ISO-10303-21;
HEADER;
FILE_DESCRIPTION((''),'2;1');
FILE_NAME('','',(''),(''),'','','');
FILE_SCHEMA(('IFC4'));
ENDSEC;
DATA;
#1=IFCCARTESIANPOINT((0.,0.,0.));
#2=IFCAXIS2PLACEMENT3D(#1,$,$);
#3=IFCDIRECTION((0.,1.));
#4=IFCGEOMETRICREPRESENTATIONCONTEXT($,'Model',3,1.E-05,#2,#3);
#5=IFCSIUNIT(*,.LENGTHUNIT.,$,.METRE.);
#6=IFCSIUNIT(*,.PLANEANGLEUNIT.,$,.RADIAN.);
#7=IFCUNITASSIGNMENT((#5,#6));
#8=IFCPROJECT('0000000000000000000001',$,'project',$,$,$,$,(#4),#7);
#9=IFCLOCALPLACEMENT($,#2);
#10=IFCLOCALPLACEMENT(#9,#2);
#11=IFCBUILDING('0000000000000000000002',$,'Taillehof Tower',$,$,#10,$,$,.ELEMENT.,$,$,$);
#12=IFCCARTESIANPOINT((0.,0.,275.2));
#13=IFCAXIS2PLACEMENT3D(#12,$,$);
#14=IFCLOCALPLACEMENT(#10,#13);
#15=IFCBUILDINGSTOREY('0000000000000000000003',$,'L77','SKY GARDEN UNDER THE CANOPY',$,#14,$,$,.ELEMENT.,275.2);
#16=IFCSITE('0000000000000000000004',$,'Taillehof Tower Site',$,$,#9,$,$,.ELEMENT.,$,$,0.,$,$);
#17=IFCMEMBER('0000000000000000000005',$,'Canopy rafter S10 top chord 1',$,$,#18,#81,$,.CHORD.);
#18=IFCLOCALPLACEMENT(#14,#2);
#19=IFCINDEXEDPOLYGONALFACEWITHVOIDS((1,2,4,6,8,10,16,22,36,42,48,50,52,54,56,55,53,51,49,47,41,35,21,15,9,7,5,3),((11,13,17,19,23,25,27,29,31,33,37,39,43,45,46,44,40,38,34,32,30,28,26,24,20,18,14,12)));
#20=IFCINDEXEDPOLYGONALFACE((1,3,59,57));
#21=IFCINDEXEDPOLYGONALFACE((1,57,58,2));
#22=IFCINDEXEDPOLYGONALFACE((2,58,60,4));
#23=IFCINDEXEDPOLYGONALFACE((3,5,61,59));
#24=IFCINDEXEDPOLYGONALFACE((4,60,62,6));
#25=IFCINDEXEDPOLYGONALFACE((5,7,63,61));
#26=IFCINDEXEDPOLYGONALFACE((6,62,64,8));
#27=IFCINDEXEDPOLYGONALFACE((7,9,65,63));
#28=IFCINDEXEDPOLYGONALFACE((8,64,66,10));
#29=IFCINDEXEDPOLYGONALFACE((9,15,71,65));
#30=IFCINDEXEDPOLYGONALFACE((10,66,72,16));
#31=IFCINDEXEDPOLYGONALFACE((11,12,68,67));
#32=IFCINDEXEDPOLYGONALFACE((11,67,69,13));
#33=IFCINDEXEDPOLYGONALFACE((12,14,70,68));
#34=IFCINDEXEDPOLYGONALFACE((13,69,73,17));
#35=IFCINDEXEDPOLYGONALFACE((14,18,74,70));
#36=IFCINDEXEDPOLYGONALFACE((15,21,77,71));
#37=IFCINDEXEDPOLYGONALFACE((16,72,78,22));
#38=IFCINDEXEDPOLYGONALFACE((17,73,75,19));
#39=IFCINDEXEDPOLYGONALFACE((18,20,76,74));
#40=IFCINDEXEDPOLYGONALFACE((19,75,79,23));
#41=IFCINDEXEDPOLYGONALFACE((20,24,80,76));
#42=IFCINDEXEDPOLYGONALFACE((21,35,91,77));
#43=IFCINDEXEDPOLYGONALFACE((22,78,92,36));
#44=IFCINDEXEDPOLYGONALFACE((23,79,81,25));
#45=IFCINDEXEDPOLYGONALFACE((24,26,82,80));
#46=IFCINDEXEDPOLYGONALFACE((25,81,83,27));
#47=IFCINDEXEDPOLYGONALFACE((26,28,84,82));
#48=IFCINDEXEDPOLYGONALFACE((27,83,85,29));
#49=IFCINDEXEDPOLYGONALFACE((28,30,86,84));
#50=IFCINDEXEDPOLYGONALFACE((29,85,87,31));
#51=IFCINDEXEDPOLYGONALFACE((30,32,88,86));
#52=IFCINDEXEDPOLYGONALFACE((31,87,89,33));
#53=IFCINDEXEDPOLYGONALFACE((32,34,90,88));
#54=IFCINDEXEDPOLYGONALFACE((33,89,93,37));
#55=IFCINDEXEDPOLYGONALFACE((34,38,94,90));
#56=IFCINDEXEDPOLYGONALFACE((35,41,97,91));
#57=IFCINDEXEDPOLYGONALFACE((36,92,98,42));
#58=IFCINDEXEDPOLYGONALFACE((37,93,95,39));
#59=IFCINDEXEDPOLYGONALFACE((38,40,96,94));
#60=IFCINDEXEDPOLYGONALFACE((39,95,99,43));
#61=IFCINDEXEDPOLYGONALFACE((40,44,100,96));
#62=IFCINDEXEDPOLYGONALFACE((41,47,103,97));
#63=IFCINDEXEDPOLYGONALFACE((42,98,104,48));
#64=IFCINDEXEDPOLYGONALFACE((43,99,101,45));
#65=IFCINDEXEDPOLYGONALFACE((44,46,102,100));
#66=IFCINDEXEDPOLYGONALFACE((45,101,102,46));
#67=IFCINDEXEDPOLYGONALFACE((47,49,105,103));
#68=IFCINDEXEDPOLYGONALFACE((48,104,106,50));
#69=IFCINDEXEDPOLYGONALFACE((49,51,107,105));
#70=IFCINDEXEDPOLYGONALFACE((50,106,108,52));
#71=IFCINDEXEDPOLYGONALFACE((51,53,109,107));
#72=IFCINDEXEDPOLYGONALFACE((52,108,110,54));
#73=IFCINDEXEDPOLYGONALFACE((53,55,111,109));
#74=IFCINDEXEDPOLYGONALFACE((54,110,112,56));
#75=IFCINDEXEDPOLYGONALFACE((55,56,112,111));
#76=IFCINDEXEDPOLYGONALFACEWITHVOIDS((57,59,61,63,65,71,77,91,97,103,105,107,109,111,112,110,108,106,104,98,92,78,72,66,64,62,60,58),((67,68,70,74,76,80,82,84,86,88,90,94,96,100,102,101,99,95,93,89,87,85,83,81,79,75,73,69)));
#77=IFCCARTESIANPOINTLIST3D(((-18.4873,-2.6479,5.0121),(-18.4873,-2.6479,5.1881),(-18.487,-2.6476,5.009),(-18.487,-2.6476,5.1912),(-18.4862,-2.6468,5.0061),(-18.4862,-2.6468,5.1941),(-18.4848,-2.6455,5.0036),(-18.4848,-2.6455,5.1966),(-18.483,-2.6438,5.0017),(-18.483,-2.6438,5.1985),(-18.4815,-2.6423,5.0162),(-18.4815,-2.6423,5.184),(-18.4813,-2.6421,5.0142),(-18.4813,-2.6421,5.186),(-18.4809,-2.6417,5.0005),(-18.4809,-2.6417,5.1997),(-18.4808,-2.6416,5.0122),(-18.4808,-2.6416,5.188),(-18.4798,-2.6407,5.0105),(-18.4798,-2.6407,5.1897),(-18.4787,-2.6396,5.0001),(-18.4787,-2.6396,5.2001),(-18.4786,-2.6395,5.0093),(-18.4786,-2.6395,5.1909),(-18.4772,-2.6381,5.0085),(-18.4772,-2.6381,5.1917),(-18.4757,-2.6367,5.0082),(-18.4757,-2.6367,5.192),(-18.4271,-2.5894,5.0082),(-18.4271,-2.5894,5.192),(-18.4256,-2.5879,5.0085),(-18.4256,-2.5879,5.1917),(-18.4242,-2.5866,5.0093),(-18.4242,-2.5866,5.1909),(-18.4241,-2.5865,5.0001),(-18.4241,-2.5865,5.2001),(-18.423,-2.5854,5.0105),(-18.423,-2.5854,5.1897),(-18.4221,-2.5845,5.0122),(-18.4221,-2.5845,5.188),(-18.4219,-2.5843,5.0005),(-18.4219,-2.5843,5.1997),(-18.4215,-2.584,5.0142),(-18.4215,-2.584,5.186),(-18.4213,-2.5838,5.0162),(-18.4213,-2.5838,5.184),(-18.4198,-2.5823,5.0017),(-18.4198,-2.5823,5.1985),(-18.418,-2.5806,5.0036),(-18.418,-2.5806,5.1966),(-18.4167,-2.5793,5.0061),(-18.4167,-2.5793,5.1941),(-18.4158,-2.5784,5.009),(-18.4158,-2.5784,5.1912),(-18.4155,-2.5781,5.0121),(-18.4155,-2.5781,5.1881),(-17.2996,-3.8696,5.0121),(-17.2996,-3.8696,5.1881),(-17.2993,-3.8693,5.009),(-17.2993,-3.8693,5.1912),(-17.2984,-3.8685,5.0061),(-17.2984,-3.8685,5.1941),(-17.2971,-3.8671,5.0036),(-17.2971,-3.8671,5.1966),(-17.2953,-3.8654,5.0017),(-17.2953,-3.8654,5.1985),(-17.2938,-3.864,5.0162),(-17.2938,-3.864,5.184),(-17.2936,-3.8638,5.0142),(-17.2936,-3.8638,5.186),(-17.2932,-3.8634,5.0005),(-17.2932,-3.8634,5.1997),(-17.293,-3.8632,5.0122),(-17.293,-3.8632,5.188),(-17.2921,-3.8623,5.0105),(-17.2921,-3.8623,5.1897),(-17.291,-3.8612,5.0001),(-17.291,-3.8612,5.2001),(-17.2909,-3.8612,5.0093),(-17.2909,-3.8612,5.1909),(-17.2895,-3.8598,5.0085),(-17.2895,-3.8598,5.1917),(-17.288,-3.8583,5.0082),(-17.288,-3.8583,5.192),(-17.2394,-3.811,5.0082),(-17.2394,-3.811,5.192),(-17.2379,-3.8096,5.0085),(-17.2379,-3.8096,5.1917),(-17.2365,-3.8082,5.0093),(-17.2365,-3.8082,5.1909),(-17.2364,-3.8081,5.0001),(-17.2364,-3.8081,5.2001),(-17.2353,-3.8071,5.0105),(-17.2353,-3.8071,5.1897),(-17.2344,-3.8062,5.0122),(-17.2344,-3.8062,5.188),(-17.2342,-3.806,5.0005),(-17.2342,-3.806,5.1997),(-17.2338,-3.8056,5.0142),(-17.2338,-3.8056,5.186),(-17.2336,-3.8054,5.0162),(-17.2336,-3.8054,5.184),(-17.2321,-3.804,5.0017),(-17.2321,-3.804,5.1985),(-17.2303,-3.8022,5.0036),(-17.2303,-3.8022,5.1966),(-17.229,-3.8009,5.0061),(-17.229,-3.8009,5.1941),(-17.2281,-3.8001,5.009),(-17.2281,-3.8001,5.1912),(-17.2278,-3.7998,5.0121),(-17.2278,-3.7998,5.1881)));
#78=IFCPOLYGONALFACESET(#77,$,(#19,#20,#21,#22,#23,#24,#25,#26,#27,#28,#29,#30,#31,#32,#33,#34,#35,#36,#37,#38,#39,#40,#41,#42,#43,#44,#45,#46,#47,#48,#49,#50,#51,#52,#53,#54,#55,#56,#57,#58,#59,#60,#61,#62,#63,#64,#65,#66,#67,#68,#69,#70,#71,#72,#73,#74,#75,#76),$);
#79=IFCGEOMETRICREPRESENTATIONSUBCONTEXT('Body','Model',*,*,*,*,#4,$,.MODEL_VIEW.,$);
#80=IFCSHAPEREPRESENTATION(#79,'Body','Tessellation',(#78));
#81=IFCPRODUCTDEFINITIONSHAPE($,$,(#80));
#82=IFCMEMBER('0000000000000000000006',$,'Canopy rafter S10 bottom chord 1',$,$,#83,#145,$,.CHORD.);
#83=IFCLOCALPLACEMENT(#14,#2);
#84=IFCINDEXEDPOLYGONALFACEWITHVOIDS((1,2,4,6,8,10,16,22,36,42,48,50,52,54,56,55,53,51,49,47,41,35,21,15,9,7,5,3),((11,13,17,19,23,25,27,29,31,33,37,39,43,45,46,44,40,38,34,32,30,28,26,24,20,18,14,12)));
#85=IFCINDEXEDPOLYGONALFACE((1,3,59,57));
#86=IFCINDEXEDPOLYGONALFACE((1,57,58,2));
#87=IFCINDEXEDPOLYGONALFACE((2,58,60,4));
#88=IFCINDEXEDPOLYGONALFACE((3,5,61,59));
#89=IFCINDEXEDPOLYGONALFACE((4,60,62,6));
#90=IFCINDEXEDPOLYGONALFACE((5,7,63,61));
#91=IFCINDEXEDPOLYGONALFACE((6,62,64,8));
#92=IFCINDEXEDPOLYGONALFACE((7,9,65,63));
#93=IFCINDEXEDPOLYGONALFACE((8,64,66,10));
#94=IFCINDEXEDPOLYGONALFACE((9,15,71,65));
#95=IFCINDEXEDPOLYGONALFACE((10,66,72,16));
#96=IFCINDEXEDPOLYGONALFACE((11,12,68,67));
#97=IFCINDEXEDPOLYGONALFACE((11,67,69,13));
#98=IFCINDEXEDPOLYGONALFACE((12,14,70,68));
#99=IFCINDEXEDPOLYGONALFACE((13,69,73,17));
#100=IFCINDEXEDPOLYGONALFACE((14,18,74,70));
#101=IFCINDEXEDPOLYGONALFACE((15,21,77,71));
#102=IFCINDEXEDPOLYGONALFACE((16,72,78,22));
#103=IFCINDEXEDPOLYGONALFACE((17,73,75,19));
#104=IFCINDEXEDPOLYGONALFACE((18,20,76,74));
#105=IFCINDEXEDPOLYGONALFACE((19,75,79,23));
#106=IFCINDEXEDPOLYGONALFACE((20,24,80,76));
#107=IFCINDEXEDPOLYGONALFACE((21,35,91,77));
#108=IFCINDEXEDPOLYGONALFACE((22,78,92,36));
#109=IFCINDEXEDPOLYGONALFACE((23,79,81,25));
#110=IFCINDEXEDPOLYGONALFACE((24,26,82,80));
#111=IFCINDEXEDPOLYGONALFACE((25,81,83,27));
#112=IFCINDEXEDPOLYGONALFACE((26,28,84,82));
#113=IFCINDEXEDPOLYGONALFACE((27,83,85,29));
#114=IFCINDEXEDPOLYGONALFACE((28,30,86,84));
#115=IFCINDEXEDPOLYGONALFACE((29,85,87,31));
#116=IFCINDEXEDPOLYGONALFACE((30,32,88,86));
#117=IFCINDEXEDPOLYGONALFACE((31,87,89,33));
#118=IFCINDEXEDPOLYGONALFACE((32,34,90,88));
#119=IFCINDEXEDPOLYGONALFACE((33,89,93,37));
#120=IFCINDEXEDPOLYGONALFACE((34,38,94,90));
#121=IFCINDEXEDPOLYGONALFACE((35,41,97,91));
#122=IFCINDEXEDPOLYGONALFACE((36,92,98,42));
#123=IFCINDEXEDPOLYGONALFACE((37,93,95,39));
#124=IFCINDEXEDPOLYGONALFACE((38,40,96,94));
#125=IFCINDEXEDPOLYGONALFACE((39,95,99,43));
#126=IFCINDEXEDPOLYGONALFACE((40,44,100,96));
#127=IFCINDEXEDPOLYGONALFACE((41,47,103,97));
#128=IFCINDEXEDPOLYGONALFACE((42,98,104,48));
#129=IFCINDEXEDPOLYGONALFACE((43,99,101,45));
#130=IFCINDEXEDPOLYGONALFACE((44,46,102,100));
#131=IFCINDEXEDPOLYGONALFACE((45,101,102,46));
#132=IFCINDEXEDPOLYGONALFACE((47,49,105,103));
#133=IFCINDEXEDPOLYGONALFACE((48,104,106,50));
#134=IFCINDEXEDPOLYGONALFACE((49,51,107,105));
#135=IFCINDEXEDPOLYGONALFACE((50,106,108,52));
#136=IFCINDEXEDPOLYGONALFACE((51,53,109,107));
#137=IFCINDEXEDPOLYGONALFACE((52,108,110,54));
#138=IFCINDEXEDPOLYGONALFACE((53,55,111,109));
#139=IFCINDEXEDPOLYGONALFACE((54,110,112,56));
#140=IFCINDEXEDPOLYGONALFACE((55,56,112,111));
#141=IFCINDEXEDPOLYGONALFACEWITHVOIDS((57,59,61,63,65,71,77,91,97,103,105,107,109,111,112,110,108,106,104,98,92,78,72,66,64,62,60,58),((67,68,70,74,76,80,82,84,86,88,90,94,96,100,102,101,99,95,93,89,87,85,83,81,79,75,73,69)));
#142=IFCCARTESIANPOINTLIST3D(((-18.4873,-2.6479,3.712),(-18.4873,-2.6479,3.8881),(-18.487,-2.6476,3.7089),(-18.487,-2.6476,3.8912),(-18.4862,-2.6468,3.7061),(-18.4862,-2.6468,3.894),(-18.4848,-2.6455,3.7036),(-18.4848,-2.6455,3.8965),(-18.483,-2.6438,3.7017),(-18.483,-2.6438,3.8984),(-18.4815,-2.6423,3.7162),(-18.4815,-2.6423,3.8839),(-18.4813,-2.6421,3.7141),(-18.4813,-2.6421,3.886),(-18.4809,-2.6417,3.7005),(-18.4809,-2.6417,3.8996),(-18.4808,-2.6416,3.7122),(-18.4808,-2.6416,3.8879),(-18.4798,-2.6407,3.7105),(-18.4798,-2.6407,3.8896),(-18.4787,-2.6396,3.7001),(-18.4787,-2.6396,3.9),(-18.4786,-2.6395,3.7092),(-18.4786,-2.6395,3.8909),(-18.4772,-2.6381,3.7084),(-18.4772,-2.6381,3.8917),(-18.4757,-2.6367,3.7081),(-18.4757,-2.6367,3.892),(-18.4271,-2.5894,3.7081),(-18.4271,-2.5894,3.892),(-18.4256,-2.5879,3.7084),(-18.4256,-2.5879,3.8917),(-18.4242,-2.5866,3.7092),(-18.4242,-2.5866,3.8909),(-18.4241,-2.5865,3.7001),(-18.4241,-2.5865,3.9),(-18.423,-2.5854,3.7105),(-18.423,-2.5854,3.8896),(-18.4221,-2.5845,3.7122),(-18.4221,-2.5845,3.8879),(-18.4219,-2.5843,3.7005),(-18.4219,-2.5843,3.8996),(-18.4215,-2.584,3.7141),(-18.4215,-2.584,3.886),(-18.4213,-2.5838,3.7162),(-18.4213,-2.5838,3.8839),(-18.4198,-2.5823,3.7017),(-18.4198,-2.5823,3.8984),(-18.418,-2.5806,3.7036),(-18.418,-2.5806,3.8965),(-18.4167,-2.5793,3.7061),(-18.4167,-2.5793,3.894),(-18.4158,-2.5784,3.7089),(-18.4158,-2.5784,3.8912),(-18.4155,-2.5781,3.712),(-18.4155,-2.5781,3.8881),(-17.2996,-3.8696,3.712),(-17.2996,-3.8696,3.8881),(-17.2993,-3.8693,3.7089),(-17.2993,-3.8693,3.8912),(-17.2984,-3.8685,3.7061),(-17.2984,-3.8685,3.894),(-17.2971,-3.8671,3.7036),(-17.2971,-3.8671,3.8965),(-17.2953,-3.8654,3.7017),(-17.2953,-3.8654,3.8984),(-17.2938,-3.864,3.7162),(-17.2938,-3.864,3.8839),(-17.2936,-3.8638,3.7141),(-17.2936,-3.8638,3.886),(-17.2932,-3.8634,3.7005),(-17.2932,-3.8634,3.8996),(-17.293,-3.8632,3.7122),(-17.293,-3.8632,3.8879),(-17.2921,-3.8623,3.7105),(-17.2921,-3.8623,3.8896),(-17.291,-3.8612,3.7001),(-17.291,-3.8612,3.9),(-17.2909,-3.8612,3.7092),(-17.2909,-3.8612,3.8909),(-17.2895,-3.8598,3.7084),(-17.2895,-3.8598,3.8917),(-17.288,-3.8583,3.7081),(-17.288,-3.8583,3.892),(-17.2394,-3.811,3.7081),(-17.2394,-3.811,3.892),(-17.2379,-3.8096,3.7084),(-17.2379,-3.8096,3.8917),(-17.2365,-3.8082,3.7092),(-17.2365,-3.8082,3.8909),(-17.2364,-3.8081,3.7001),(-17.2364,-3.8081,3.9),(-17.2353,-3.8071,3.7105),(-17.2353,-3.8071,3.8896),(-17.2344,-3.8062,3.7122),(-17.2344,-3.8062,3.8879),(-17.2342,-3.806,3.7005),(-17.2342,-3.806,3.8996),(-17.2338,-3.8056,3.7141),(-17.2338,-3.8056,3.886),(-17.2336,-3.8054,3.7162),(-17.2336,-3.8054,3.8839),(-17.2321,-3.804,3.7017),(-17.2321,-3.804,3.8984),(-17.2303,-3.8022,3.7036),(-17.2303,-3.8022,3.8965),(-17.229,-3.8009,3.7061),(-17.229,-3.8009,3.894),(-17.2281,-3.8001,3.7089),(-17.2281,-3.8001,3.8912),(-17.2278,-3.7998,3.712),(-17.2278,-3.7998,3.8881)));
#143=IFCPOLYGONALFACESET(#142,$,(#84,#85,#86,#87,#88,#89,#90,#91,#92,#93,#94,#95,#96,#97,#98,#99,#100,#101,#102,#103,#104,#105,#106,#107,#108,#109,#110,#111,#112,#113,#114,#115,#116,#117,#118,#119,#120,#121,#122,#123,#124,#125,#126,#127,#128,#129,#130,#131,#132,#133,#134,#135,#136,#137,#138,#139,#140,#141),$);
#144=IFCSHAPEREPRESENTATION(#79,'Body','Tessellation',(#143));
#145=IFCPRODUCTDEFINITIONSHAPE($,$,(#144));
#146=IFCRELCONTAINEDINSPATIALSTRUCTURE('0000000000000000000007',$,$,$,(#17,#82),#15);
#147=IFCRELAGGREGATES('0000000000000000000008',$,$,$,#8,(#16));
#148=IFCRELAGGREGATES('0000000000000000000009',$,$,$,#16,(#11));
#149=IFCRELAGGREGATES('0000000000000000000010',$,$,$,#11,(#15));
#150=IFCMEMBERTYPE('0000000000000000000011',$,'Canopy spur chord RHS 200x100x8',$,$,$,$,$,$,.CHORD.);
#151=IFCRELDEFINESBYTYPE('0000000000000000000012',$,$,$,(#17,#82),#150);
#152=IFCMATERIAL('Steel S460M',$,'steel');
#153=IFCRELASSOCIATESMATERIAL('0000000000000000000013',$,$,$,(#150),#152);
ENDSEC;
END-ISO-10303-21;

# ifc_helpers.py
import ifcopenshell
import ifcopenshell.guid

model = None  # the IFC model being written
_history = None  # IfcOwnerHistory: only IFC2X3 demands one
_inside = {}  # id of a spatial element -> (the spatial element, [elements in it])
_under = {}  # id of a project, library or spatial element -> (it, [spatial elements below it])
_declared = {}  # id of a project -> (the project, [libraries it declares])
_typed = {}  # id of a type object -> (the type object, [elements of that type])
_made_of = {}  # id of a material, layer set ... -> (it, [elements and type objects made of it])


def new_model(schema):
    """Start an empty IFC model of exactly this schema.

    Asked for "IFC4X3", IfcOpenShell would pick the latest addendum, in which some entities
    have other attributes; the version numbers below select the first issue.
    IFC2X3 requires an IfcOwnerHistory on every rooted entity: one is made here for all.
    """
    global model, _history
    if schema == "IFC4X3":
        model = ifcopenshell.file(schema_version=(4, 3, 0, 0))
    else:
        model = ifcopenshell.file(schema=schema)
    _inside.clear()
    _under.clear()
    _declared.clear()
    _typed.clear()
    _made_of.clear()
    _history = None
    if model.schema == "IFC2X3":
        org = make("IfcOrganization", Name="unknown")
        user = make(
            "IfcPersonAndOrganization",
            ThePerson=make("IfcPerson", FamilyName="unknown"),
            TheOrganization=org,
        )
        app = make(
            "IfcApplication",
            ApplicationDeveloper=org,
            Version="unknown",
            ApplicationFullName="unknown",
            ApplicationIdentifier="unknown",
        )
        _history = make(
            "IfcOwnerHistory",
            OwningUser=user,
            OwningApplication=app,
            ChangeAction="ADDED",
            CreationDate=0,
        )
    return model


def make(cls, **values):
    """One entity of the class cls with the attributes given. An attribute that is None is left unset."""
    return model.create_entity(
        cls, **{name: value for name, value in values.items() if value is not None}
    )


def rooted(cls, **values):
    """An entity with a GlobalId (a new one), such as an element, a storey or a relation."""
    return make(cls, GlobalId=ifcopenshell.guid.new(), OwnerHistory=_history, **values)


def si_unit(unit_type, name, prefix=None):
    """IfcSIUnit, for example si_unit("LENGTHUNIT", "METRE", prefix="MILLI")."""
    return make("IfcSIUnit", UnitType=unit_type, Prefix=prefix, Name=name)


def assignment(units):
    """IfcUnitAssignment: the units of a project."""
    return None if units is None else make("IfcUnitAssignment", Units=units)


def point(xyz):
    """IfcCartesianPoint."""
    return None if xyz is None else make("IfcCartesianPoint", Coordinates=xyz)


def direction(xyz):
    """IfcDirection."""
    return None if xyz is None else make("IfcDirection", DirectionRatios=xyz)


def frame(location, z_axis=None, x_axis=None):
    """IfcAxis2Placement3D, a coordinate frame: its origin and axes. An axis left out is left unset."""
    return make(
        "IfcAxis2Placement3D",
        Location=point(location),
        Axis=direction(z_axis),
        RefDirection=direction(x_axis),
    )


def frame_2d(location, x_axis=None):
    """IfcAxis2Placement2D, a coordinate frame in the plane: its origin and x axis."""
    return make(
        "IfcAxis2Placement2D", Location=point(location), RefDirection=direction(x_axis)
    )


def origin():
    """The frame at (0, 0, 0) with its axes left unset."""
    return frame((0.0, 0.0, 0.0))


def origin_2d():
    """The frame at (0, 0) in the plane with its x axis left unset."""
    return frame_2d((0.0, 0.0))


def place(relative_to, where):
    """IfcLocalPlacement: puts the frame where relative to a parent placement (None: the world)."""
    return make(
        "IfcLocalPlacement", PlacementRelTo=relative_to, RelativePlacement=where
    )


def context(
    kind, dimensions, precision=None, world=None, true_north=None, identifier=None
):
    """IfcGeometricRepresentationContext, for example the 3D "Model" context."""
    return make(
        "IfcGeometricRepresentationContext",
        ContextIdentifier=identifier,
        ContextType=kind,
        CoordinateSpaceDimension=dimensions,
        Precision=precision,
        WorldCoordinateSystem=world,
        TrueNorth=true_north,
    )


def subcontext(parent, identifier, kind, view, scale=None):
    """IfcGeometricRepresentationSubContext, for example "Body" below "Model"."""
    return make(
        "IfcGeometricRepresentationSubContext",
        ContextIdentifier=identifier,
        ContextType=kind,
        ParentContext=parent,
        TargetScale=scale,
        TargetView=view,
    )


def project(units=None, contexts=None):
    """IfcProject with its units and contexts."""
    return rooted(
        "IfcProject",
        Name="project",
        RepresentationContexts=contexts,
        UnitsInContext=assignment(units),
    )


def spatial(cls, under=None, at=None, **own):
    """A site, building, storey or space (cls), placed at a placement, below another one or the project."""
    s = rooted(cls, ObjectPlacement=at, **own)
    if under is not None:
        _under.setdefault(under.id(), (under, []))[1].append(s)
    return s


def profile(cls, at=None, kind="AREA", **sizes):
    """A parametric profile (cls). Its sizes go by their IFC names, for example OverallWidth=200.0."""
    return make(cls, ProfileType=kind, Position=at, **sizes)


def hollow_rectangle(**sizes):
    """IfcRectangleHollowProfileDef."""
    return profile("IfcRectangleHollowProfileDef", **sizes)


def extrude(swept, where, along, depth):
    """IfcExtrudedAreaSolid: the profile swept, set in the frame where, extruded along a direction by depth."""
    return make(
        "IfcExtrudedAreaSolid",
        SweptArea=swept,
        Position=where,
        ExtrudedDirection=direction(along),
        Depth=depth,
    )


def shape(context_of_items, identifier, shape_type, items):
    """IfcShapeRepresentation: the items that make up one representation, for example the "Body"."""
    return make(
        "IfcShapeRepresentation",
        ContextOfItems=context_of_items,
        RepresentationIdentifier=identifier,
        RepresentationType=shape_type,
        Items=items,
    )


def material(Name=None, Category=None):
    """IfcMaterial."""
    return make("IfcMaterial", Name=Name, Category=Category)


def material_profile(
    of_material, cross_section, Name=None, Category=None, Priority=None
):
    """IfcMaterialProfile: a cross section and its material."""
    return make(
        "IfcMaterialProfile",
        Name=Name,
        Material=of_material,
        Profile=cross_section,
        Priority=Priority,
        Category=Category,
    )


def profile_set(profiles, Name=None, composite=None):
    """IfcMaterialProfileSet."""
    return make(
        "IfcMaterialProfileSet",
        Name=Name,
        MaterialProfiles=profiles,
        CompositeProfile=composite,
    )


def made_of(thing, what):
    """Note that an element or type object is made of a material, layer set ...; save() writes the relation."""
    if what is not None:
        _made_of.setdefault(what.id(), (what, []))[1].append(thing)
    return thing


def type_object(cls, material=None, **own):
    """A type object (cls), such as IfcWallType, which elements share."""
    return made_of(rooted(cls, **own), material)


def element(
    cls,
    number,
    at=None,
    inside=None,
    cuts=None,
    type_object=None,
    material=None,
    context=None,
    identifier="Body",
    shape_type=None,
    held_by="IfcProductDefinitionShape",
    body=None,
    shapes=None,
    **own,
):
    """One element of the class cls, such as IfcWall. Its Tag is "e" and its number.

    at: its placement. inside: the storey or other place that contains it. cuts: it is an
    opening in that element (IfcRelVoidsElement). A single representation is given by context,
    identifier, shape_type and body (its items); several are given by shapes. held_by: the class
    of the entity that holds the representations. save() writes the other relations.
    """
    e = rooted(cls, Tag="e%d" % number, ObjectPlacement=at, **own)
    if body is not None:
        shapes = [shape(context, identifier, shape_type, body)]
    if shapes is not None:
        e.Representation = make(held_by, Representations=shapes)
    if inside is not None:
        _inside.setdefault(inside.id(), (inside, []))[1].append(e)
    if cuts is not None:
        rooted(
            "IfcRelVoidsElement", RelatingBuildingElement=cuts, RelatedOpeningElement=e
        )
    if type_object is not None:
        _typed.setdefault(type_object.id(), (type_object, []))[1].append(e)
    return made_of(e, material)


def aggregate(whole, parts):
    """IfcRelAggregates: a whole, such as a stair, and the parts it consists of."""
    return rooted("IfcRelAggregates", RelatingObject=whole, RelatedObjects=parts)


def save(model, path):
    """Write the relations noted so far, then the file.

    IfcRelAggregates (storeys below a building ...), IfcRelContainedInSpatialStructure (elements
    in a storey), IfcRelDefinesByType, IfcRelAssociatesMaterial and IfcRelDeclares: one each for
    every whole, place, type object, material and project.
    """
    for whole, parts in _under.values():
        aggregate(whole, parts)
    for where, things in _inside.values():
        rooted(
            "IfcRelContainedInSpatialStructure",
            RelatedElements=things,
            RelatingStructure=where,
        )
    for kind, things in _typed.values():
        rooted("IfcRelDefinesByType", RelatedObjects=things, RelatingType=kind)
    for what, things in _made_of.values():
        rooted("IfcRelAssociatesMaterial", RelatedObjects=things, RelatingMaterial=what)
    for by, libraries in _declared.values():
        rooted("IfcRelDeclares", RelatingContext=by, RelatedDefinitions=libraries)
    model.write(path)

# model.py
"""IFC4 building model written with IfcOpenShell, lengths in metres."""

from ifc_helpers import new_model, si_unit, direction, frame, origin, origin_2d, place, context, subcontext, project, spatial, hollow_rectangle, extrude, material, material_profile, profile_set, type_object, element, save


model = new_model("IFC4")

# Units and contexts
model_context = context("Model", 3, precision=1e-05, world=origin(), true_north=direction((0.0, 1.0)))
body_context = subcontext(model_context, "Body", "Model", "MODEL_VIEW")
ifc_project = project(units=[si_unit("LENGTHUNIT", "METRE"), si_unit("PLANEANGLEUNIT", "RADIAN")], contexts=[model_context])

# Site, building, storey
site_placement = place(None, origin())
site = spatial("IfcSite", under=ifc_project, at=site_placement, Name="Taillehof Tower Site", CompositionType="ELEMENT", RefElevation=0.0)
building_placement = place(site_placement, origin())
building = spatial("IfcBuilding", under=site, at=building_placement, Name="Taillehof Tower", CompositionType="ELEMENT")
storey_placement = place(building_placement, frame((0.0, 0.0, 275.2)))
storey = spatial("IfcBuildingStorey", under=building, at=storey_placement, Name="L77", Description="SKY GARDEN UNDER THE CANOPY", CompositionType="ELEMENT", Elevation=275.2)

# Members
ifc_material_1 = material(Name="Steel S460M", Category="steel")
ifc_material_profile_1 = material_profile(ifc_material_1, hollow_rectangle(XDim=0.1001, YDim=0.2, WallThickness=0.0081, InnerFilletRadius=0.0081, OuterFilletRadius=0.012, at=origin_2d()), Name="RHS 200x100x8")
ifc_profile_set_1 = profile_set([ifc_material_profile_1], Name="Steel S460M")
member_type_1 = type_object("IfcMemberType", Name="Canopy spur chord RHS 200x100x8", PredefinedType="CHORD", material=ifc_profile_set_1)
for number, where, z_axis, x_axis, name in (
    (1, (-18.4514, -2.613, 5.1001), (0.697078, -0.716995, 0.0), (0.716995, 0.697078, 0.0), "Canopy rafter S10 top chord 1"),
    (2, (-18.4514, -2.613, 3.8), (0.697078, -0.716995, 0.0), (0.716995, 0.697078, 0.0), "Canopy rafter S10 bottom chord 1"),
):
    element("IfcMember", number, at=place(storey_placement, frame(where, z_axis=z_axis, x_axis=x_axis)), inside=storey, type_object=member_type_1, Name=name, PredefinedType="CHORD", context=body_context, shape_type="SweptSolid", body=[
        extrude(hollow_rectangle(XDim=0.1001, YDim=0.2, WallThickness=0.0081, InnerFilletRadius=0.0081, OuterFilletRadius=0.012, at=origin_2d()), origin(), (0.0, 0.0, 1.0), 1.7039),
    ])

save(model, "model.ifc")
